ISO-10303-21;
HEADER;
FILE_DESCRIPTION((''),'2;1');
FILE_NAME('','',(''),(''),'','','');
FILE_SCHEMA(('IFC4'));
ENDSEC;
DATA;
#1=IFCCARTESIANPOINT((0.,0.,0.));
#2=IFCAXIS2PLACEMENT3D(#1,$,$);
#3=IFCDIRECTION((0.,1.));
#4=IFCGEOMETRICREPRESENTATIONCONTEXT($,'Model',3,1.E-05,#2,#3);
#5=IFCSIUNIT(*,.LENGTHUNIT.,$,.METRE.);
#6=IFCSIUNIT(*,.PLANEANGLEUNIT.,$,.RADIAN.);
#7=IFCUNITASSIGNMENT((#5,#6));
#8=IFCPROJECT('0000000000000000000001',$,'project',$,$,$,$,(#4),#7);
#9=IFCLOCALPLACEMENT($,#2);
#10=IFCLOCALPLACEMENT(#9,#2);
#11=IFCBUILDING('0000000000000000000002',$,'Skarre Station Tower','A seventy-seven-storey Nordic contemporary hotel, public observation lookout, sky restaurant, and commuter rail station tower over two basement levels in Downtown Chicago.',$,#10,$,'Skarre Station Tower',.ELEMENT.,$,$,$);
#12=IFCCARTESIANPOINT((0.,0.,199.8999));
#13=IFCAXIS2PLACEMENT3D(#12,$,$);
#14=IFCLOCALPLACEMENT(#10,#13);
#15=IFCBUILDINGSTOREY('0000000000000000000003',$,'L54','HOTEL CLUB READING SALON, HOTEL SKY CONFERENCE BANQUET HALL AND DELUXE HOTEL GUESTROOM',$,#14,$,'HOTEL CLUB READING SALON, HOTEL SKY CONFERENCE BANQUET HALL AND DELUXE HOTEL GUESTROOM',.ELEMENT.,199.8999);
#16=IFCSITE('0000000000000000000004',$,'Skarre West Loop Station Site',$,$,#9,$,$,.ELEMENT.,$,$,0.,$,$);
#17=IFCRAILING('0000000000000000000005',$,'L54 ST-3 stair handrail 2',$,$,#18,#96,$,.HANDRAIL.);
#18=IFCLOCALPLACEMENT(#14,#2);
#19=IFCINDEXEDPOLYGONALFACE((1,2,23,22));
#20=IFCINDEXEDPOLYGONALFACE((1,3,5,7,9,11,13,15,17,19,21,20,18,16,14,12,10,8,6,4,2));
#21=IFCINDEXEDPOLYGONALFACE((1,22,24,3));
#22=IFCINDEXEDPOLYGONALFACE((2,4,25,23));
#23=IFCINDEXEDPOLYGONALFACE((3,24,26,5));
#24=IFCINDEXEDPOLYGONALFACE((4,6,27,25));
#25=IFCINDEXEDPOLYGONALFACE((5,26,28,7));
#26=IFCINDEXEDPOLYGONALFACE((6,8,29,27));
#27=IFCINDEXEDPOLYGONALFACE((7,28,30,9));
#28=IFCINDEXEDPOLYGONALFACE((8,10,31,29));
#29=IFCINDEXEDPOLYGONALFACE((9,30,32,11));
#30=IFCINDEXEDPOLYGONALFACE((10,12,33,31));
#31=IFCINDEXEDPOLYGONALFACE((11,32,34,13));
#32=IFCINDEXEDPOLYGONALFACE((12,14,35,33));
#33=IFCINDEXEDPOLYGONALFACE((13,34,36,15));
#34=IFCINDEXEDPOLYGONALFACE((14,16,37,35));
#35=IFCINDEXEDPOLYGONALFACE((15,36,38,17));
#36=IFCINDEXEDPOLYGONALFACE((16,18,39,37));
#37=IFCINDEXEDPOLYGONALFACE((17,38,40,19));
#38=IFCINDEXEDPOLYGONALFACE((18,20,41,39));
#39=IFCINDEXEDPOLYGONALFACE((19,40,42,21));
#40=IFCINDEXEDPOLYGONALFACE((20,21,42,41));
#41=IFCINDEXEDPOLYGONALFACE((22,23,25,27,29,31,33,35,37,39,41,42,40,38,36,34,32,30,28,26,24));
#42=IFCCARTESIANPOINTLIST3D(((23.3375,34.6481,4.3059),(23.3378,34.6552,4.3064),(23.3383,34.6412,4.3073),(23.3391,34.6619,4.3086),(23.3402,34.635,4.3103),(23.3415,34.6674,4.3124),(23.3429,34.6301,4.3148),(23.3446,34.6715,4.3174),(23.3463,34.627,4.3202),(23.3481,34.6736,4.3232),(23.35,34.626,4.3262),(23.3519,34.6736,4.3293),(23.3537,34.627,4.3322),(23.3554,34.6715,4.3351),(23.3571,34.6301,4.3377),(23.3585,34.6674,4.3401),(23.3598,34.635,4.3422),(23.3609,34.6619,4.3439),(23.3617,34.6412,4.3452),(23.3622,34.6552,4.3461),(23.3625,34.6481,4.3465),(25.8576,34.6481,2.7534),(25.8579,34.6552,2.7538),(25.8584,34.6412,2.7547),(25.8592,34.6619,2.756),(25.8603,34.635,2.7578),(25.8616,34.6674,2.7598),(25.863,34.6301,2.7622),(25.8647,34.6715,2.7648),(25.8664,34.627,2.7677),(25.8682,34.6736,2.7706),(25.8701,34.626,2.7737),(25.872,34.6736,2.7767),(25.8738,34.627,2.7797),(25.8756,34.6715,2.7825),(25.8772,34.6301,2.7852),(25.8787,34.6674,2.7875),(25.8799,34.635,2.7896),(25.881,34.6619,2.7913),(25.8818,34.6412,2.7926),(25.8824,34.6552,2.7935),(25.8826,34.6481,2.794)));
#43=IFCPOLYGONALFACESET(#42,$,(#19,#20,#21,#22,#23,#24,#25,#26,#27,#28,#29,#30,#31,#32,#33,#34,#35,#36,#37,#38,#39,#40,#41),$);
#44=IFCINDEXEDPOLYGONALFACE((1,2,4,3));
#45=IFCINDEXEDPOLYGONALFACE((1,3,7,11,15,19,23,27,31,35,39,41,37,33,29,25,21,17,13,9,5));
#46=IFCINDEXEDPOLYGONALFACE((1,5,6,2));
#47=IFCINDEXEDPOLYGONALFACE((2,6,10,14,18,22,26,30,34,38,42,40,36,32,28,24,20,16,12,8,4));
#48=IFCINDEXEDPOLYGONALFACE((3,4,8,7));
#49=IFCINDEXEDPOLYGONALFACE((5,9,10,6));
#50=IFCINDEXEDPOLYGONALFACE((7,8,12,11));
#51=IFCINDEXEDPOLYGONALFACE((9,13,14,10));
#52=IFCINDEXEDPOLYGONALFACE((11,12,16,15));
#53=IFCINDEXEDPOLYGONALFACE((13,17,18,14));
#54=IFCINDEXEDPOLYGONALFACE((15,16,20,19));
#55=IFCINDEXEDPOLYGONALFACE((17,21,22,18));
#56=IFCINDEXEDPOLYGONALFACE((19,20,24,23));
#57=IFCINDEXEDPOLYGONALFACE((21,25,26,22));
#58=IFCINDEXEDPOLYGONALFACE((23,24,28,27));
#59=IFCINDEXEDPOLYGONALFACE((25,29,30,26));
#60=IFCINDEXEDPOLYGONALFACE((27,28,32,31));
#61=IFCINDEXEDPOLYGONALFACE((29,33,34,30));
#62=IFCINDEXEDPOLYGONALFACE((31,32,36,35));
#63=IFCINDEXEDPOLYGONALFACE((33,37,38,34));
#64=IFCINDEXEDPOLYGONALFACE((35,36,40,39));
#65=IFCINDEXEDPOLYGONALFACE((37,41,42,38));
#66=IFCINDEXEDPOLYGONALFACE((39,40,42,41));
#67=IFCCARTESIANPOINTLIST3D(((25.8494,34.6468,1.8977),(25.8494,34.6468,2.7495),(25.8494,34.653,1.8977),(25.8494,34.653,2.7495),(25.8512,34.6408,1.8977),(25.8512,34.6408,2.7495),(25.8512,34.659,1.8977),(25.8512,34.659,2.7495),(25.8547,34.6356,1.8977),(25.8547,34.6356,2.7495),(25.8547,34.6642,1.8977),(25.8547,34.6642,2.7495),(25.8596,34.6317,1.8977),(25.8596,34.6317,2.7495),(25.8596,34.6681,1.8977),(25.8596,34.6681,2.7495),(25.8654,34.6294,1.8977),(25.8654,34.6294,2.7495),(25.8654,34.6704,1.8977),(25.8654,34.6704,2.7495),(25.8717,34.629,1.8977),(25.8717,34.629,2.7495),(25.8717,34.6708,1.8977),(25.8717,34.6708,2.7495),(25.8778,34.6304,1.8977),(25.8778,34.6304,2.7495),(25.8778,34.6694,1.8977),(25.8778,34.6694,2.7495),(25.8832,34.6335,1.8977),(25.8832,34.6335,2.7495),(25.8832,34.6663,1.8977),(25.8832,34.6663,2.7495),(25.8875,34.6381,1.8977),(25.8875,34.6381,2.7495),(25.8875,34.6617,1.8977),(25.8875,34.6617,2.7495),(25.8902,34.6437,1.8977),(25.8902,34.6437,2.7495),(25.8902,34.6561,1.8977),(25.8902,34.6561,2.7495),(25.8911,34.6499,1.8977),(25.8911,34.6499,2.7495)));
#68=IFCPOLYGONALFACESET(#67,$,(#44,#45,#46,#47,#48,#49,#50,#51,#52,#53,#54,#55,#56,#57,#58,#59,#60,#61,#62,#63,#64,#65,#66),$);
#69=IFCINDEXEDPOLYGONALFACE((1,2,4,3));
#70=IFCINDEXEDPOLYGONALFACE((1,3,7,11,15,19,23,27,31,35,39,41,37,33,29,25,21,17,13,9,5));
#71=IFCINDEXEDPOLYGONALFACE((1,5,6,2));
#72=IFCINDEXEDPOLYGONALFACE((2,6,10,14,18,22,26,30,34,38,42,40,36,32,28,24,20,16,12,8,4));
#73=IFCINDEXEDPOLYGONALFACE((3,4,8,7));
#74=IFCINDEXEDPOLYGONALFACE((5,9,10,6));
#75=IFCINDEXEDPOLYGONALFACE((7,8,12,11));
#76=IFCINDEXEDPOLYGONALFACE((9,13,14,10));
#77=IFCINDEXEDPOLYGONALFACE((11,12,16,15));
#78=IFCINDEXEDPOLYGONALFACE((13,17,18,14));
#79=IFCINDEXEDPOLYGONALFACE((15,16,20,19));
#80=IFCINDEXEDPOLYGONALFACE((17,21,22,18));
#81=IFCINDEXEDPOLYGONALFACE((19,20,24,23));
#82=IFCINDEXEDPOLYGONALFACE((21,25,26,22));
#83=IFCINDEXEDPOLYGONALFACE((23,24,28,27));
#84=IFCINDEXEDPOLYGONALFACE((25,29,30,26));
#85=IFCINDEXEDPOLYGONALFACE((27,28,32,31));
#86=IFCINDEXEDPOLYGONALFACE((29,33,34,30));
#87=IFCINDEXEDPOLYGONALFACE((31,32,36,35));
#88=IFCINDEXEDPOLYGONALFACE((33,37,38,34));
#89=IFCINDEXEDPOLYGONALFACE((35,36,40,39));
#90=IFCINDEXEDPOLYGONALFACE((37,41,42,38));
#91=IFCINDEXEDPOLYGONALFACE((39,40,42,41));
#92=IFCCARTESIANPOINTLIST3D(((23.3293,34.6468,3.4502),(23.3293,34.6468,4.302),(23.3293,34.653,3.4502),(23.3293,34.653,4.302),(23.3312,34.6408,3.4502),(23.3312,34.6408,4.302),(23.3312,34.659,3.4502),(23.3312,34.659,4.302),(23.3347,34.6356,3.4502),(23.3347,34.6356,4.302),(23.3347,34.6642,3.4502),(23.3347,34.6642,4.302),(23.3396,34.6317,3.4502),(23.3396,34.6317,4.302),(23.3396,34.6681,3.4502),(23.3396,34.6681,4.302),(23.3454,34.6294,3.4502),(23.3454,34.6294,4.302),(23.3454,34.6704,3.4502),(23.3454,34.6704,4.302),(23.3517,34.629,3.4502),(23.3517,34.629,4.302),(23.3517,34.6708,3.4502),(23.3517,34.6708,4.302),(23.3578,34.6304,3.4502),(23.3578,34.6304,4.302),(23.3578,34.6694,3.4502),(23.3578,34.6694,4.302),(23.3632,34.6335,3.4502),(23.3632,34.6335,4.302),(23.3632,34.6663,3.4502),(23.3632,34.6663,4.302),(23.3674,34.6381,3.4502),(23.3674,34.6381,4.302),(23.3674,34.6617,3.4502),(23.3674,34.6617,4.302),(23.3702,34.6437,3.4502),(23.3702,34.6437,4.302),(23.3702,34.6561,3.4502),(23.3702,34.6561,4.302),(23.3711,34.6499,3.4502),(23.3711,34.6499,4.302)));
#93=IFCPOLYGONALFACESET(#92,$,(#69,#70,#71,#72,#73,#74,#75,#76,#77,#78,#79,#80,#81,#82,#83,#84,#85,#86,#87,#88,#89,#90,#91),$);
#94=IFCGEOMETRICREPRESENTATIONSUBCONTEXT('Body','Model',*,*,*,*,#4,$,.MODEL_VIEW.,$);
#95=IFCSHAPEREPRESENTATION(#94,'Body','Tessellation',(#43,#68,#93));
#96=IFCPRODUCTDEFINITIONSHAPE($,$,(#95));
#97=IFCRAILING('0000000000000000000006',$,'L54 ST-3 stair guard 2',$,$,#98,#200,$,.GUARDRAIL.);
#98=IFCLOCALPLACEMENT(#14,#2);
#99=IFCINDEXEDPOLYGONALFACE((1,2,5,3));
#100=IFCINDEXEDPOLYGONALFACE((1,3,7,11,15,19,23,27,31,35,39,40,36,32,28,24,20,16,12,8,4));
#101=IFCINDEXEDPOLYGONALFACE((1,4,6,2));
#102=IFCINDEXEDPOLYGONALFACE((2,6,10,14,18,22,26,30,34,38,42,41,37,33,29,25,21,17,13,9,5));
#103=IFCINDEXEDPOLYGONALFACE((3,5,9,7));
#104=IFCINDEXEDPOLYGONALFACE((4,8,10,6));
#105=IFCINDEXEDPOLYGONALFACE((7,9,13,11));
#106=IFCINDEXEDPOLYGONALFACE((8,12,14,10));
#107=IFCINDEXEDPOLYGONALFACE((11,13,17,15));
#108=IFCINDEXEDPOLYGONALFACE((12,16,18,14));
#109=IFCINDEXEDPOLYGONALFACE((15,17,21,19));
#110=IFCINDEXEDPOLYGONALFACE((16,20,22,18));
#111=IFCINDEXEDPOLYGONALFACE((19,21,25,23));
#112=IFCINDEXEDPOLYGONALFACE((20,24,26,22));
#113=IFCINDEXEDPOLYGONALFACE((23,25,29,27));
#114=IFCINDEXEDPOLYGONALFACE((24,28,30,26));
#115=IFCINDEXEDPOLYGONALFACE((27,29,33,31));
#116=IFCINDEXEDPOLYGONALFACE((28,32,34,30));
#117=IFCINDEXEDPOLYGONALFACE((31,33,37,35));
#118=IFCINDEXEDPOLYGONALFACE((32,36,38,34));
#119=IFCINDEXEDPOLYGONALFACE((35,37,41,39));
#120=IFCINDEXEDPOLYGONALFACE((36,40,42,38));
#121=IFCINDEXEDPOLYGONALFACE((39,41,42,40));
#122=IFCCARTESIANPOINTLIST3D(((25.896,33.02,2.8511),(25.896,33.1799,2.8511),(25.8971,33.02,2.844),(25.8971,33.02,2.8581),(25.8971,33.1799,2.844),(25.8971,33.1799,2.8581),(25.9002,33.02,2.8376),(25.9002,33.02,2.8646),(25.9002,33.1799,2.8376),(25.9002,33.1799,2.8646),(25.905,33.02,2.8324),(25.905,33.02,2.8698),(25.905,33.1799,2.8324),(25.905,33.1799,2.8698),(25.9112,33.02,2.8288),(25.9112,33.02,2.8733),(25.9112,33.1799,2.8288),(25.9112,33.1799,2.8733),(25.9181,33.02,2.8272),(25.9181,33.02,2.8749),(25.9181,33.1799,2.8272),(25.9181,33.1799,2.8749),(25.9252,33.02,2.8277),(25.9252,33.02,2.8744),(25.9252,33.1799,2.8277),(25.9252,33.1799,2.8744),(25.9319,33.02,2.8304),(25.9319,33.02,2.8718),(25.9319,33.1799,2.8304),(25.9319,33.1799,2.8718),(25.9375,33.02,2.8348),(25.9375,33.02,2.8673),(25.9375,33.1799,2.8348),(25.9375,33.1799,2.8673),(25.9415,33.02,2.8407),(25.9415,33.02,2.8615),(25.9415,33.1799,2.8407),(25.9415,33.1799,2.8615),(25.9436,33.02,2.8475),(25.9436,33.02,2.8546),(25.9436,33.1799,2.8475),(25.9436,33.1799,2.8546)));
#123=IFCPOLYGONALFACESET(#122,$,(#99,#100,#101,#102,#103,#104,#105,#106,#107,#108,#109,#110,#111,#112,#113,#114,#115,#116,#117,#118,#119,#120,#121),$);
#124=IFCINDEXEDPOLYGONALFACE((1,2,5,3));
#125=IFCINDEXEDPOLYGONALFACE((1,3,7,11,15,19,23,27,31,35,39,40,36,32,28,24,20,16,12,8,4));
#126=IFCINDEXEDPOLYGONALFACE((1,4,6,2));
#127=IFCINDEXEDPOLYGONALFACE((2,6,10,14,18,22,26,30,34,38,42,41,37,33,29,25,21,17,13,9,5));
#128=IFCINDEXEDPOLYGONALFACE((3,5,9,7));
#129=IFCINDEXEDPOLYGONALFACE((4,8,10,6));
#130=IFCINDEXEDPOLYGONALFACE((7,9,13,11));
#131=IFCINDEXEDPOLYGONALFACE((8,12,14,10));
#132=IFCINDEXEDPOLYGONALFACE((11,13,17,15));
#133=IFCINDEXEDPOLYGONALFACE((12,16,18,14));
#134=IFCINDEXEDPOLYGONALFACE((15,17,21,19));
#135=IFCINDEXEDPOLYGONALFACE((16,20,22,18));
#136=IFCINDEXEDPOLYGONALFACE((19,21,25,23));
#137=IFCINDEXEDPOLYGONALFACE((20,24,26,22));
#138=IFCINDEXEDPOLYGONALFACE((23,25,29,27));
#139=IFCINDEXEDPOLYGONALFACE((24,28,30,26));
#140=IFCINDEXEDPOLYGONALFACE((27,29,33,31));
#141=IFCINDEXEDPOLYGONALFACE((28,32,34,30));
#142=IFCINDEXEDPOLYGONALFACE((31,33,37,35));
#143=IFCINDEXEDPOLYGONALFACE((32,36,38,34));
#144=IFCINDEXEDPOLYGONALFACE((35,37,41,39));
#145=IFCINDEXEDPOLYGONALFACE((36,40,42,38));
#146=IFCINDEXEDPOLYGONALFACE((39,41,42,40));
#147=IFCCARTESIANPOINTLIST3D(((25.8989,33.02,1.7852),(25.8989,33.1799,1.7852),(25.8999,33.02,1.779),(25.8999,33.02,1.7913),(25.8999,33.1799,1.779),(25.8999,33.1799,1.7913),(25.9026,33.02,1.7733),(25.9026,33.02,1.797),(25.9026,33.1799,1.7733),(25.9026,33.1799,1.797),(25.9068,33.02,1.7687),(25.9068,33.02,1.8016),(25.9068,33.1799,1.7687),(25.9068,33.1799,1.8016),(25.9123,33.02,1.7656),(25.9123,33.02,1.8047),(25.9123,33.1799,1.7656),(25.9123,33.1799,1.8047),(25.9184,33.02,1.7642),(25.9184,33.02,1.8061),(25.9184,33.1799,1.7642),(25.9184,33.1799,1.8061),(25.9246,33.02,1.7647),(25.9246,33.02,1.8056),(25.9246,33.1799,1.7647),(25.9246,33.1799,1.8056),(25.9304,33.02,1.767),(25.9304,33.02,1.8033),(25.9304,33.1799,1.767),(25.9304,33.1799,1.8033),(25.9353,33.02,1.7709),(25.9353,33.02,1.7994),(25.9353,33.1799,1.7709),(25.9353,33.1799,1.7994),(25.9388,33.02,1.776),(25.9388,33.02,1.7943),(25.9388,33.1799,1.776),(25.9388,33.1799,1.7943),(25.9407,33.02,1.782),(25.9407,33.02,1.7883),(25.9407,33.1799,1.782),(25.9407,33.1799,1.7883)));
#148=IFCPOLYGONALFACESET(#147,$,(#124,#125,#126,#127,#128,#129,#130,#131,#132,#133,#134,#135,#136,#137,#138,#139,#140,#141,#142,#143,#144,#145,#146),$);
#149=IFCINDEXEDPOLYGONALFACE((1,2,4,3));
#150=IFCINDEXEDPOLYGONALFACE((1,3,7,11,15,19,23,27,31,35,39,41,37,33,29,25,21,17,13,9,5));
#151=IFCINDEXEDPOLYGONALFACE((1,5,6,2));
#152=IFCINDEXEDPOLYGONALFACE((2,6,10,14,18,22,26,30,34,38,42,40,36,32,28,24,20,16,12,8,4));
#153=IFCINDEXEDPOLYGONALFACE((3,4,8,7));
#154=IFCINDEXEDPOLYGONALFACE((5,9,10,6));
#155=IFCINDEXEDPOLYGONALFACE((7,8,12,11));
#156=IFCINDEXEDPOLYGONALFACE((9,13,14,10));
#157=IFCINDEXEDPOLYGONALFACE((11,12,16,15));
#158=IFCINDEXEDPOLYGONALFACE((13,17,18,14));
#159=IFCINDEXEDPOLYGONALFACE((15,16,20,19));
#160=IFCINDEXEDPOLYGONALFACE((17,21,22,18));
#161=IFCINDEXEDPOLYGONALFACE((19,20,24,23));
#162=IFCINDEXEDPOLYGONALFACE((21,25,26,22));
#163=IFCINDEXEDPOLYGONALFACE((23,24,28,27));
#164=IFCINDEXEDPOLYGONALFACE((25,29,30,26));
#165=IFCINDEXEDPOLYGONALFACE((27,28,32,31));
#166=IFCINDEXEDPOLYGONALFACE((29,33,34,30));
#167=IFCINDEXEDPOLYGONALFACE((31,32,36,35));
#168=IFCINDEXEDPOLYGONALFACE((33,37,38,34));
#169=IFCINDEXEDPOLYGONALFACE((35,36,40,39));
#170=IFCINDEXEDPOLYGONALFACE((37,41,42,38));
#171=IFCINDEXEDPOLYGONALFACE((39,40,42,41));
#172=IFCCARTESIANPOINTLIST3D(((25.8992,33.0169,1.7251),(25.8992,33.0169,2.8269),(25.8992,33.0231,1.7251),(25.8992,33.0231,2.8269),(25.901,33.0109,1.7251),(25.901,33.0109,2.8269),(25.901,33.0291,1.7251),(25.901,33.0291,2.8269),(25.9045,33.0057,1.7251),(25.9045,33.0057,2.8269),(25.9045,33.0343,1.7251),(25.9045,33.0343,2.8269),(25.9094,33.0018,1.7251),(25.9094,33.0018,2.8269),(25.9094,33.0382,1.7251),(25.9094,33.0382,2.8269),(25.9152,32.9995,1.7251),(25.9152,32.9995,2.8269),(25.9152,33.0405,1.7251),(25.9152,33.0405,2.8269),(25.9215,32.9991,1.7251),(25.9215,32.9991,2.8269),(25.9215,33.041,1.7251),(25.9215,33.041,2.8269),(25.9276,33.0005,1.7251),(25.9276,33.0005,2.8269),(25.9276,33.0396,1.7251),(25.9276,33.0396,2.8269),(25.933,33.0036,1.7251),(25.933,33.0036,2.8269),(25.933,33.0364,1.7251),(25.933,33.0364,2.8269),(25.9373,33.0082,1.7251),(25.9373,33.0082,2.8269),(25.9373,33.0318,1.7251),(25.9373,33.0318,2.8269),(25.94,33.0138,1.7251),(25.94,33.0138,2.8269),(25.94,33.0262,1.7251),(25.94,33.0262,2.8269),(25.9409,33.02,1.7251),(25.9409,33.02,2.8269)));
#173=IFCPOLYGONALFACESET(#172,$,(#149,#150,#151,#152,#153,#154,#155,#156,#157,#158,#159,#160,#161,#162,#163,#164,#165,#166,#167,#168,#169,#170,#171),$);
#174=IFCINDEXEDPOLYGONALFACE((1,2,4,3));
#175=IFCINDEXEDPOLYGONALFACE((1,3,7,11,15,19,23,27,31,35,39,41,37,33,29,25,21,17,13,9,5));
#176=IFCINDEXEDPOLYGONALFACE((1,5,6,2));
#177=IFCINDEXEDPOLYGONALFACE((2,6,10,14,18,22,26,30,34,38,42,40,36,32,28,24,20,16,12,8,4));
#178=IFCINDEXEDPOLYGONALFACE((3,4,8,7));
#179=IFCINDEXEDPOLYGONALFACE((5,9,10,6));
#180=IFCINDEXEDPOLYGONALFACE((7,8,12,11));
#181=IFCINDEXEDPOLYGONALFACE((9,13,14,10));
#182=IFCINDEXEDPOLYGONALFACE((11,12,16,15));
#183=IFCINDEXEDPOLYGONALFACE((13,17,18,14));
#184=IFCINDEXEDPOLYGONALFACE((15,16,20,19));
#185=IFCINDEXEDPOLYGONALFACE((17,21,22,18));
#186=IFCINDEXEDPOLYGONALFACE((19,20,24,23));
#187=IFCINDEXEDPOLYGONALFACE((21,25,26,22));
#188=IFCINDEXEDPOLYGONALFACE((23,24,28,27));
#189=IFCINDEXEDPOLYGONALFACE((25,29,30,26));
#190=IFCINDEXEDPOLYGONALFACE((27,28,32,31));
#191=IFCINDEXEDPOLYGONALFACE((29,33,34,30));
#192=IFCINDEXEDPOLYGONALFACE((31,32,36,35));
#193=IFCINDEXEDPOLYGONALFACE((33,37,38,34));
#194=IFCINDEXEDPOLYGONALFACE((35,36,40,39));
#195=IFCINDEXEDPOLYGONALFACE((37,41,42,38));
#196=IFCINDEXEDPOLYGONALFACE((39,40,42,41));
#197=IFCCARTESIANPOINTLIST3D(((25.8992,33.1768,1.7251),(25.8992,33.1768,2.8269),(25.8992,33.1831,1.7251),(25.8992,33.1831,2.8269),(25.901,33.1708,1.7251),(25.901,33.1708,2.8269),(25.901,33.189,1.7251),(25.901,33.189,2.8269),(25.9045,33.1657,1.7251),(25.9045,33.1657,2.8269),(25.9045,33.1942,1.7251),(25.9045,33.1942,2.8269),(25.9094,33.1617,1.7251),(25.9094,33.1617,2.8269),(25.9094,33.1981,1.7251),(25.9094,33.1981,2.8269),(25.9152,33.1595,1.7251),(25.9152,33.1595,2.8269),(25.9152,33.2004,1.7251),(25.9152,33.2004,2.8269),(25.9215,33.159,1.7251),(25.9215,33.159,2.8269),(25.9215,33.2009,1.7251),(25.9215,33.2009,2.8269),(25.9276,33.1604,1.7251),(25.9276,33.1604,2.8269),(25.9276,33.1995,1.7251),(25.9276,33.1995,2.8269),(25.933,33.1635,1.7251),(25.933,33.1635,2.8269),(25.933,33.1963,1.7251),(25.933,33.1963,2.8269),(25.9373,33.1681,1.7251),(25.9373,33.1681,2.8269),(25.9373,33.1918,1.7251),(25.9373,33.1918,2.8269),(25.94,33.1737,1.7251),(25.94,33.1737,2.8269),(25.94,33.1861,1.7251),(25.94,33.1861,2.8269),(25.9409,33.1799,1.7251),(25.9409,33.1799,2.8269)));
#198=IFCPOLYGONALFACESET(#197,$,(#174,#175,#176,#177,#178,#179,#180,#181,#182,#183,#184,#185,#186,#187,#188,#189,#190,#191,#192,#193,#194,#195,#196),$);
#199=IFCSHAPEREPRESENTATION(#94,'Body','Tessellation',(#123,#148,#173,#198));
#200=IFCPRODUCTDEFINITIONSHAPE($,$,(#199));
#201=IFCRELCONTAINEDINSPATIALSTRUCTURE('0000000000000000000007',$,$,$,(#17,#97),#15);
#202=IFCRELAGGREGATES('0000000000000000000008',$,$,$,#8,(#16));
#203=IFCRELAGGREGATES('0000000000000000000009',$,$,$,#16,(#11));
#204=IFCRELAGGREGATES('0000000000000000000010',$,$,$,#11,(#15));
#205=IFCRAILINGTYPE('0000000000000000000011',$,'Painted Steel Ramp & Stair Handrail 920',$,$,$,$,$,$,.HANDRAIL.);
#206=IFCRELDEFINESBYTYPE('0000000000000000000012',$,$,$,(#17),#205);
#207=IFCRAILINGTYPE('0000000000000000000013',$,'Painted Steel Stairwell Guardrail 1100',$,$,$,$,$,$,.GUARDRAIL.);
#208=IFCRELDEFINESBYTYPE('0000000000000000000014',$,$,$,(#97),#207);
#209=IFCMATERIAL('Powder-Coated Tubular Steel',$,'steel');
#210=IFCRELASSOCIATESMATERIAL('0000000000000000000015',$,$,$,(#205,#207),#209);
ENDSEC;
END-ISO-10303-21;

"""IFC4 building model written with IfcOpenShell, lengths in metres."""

from ifc_helpers import new_model, si_unit, direction, frame, origin, origin_2d, place, context, subcontext, project, spatial, circle, extrude, material, type_object, element, save


model = new_model("IFC4")

# Units and contexts
model_context = context("Model", 3, precision=1e-05, world=origin(), true_north=direction((0.0, 1.0)))
body_context = subcontext(model_context, "Body", "Model", "MODEL_VIEW")
ifc_project = project(units=[si_unit("LENGTHUNIT", "METRE"), si_unit("PLANEANGLEUNIT", "RADIAN")], contexts=[model_context])

# Site, building, storey
site_placement = place(None, origin())
site = spatial("IfcSite", under=ifc_project, at=site_placement, Name="Skarre West Loop Station Site", CompositionType="ELEMENT", RefElevation=0.0)
building_placement = place(site_placement, origin())
building = spatial("IfcBuilding", under=site, at=building_placement, Name="Skarre Station Tower", Description="A seventy-seven-storey Nordic contemporary hotel, public observation lookout, sky restaurant, and commuter rail station tower over two basement levels in Downtown Chicago.", LongName="Skarre Station Tower", CompositionType="ELEMENT")
storey_placement = place(building_placement, frame((0.0, 0.0, 199.8999)))
storey = spatial("IfcBuildingStorey", under=building, at=storey_placement, Name="L54", Description="HOTEL CLUB READING SALON, HOTEL SKY CONFERENCE BANQUET HALL AND DELUXE HOTEL GUESTROOM", LongName="HOTEL CLUB READING SALON, HOTEL SKY CONFERENCE BANQUET HALL AND DELUXE HOTEL GUESTROOM", CompositionType="ELEMENT", Elevation=199.8999)

# Railings
ifc_material_1 = material(Name="Powder-Coated Tubular Steel", Category="steel")
railing_type_1 = type_object("IfcRailingType", Name="Painted Steel Ramp & Stair Handrail 920", PredefinedType="HANDRAIL", material=ifc_material_1)
railing_1_placement = place(storey_placement, frame((25.8701, 34.6499, 1.8977)))
element("IfcRailing", 1, at=railing_1_placement, inside=storey, type_object=railing_type_1, Name="L54 ST-3 stair handrail 2", PredefinedType="HANDRAIL", context=body_context, shape_type="SweptSolid", body=[
    extrude(circle(Radius=0.0239, at=origin_2d()), frame((0.0, 0.0, 0.876), z_axis=(-0.8514, 0.0, 0.524516), x_axis=(0.0, -1.0, 0.0)), (0.0, 0.0, 1.0), 2.96),
    extrude(circle(Radius=0.021, at=origin_2d()), origin(), (0.0, 0.0, 1.0), 0.8518),
    extrude(circle(Radius=0.021, at=origin_2d()), frame((-2.52, 0.0, 1.5525)), (0.0, 0.0, 1.0), 0.8518),
])
railing_type_2 = type_object("IfcRailingType", Name="Painted Steel Stairwell Guardrail 1100", PredefinedType="GUARDRAIL", material=ifc_material_1)
railing_2_placement = place(storey_placement, frame((25.9199, 33.02, 1.7251)))
element("IfcRailing", 2, at=railing_2_placement, inside=storey, type_object=railing_type_2, Name="L54 ST-3 stair guard 2", PredefinedType="GUARDRAIL", context=body_context, shape_type="SweptSolid", body=[
    extrude(circle(Radius=0.0239, at=origin_2d()), frame((0.0, 0.0, 1.126), z_axis=(0.0, 1.0, 0.0), x_axis=(-1.0, 0.0, 0.0)), (0.0, 0.0, 1.0), 0.1599),
    extrude(circle(Radius=0.021, at=origin_2d()), frame((0.0, 0.0, 0.0601), z_axis=(0.0, 1.0, 0.0), x_axis=(-1.0, 0.0, 0.0)), (0.0, 0.0, 1.0), 0.1599),
    extrude(circle(Radius=0.021, at=origin_2d()), origin(), (0.0, 0.0, 1.0), 1.1018),
    extrude(circle(Radius=0.021, at=origin_2d()), frame((0.0, 0.1599, 0.0)), (0.0, 0.0, 1.0), 1.1018),
])

save(model, "model.ifc")
